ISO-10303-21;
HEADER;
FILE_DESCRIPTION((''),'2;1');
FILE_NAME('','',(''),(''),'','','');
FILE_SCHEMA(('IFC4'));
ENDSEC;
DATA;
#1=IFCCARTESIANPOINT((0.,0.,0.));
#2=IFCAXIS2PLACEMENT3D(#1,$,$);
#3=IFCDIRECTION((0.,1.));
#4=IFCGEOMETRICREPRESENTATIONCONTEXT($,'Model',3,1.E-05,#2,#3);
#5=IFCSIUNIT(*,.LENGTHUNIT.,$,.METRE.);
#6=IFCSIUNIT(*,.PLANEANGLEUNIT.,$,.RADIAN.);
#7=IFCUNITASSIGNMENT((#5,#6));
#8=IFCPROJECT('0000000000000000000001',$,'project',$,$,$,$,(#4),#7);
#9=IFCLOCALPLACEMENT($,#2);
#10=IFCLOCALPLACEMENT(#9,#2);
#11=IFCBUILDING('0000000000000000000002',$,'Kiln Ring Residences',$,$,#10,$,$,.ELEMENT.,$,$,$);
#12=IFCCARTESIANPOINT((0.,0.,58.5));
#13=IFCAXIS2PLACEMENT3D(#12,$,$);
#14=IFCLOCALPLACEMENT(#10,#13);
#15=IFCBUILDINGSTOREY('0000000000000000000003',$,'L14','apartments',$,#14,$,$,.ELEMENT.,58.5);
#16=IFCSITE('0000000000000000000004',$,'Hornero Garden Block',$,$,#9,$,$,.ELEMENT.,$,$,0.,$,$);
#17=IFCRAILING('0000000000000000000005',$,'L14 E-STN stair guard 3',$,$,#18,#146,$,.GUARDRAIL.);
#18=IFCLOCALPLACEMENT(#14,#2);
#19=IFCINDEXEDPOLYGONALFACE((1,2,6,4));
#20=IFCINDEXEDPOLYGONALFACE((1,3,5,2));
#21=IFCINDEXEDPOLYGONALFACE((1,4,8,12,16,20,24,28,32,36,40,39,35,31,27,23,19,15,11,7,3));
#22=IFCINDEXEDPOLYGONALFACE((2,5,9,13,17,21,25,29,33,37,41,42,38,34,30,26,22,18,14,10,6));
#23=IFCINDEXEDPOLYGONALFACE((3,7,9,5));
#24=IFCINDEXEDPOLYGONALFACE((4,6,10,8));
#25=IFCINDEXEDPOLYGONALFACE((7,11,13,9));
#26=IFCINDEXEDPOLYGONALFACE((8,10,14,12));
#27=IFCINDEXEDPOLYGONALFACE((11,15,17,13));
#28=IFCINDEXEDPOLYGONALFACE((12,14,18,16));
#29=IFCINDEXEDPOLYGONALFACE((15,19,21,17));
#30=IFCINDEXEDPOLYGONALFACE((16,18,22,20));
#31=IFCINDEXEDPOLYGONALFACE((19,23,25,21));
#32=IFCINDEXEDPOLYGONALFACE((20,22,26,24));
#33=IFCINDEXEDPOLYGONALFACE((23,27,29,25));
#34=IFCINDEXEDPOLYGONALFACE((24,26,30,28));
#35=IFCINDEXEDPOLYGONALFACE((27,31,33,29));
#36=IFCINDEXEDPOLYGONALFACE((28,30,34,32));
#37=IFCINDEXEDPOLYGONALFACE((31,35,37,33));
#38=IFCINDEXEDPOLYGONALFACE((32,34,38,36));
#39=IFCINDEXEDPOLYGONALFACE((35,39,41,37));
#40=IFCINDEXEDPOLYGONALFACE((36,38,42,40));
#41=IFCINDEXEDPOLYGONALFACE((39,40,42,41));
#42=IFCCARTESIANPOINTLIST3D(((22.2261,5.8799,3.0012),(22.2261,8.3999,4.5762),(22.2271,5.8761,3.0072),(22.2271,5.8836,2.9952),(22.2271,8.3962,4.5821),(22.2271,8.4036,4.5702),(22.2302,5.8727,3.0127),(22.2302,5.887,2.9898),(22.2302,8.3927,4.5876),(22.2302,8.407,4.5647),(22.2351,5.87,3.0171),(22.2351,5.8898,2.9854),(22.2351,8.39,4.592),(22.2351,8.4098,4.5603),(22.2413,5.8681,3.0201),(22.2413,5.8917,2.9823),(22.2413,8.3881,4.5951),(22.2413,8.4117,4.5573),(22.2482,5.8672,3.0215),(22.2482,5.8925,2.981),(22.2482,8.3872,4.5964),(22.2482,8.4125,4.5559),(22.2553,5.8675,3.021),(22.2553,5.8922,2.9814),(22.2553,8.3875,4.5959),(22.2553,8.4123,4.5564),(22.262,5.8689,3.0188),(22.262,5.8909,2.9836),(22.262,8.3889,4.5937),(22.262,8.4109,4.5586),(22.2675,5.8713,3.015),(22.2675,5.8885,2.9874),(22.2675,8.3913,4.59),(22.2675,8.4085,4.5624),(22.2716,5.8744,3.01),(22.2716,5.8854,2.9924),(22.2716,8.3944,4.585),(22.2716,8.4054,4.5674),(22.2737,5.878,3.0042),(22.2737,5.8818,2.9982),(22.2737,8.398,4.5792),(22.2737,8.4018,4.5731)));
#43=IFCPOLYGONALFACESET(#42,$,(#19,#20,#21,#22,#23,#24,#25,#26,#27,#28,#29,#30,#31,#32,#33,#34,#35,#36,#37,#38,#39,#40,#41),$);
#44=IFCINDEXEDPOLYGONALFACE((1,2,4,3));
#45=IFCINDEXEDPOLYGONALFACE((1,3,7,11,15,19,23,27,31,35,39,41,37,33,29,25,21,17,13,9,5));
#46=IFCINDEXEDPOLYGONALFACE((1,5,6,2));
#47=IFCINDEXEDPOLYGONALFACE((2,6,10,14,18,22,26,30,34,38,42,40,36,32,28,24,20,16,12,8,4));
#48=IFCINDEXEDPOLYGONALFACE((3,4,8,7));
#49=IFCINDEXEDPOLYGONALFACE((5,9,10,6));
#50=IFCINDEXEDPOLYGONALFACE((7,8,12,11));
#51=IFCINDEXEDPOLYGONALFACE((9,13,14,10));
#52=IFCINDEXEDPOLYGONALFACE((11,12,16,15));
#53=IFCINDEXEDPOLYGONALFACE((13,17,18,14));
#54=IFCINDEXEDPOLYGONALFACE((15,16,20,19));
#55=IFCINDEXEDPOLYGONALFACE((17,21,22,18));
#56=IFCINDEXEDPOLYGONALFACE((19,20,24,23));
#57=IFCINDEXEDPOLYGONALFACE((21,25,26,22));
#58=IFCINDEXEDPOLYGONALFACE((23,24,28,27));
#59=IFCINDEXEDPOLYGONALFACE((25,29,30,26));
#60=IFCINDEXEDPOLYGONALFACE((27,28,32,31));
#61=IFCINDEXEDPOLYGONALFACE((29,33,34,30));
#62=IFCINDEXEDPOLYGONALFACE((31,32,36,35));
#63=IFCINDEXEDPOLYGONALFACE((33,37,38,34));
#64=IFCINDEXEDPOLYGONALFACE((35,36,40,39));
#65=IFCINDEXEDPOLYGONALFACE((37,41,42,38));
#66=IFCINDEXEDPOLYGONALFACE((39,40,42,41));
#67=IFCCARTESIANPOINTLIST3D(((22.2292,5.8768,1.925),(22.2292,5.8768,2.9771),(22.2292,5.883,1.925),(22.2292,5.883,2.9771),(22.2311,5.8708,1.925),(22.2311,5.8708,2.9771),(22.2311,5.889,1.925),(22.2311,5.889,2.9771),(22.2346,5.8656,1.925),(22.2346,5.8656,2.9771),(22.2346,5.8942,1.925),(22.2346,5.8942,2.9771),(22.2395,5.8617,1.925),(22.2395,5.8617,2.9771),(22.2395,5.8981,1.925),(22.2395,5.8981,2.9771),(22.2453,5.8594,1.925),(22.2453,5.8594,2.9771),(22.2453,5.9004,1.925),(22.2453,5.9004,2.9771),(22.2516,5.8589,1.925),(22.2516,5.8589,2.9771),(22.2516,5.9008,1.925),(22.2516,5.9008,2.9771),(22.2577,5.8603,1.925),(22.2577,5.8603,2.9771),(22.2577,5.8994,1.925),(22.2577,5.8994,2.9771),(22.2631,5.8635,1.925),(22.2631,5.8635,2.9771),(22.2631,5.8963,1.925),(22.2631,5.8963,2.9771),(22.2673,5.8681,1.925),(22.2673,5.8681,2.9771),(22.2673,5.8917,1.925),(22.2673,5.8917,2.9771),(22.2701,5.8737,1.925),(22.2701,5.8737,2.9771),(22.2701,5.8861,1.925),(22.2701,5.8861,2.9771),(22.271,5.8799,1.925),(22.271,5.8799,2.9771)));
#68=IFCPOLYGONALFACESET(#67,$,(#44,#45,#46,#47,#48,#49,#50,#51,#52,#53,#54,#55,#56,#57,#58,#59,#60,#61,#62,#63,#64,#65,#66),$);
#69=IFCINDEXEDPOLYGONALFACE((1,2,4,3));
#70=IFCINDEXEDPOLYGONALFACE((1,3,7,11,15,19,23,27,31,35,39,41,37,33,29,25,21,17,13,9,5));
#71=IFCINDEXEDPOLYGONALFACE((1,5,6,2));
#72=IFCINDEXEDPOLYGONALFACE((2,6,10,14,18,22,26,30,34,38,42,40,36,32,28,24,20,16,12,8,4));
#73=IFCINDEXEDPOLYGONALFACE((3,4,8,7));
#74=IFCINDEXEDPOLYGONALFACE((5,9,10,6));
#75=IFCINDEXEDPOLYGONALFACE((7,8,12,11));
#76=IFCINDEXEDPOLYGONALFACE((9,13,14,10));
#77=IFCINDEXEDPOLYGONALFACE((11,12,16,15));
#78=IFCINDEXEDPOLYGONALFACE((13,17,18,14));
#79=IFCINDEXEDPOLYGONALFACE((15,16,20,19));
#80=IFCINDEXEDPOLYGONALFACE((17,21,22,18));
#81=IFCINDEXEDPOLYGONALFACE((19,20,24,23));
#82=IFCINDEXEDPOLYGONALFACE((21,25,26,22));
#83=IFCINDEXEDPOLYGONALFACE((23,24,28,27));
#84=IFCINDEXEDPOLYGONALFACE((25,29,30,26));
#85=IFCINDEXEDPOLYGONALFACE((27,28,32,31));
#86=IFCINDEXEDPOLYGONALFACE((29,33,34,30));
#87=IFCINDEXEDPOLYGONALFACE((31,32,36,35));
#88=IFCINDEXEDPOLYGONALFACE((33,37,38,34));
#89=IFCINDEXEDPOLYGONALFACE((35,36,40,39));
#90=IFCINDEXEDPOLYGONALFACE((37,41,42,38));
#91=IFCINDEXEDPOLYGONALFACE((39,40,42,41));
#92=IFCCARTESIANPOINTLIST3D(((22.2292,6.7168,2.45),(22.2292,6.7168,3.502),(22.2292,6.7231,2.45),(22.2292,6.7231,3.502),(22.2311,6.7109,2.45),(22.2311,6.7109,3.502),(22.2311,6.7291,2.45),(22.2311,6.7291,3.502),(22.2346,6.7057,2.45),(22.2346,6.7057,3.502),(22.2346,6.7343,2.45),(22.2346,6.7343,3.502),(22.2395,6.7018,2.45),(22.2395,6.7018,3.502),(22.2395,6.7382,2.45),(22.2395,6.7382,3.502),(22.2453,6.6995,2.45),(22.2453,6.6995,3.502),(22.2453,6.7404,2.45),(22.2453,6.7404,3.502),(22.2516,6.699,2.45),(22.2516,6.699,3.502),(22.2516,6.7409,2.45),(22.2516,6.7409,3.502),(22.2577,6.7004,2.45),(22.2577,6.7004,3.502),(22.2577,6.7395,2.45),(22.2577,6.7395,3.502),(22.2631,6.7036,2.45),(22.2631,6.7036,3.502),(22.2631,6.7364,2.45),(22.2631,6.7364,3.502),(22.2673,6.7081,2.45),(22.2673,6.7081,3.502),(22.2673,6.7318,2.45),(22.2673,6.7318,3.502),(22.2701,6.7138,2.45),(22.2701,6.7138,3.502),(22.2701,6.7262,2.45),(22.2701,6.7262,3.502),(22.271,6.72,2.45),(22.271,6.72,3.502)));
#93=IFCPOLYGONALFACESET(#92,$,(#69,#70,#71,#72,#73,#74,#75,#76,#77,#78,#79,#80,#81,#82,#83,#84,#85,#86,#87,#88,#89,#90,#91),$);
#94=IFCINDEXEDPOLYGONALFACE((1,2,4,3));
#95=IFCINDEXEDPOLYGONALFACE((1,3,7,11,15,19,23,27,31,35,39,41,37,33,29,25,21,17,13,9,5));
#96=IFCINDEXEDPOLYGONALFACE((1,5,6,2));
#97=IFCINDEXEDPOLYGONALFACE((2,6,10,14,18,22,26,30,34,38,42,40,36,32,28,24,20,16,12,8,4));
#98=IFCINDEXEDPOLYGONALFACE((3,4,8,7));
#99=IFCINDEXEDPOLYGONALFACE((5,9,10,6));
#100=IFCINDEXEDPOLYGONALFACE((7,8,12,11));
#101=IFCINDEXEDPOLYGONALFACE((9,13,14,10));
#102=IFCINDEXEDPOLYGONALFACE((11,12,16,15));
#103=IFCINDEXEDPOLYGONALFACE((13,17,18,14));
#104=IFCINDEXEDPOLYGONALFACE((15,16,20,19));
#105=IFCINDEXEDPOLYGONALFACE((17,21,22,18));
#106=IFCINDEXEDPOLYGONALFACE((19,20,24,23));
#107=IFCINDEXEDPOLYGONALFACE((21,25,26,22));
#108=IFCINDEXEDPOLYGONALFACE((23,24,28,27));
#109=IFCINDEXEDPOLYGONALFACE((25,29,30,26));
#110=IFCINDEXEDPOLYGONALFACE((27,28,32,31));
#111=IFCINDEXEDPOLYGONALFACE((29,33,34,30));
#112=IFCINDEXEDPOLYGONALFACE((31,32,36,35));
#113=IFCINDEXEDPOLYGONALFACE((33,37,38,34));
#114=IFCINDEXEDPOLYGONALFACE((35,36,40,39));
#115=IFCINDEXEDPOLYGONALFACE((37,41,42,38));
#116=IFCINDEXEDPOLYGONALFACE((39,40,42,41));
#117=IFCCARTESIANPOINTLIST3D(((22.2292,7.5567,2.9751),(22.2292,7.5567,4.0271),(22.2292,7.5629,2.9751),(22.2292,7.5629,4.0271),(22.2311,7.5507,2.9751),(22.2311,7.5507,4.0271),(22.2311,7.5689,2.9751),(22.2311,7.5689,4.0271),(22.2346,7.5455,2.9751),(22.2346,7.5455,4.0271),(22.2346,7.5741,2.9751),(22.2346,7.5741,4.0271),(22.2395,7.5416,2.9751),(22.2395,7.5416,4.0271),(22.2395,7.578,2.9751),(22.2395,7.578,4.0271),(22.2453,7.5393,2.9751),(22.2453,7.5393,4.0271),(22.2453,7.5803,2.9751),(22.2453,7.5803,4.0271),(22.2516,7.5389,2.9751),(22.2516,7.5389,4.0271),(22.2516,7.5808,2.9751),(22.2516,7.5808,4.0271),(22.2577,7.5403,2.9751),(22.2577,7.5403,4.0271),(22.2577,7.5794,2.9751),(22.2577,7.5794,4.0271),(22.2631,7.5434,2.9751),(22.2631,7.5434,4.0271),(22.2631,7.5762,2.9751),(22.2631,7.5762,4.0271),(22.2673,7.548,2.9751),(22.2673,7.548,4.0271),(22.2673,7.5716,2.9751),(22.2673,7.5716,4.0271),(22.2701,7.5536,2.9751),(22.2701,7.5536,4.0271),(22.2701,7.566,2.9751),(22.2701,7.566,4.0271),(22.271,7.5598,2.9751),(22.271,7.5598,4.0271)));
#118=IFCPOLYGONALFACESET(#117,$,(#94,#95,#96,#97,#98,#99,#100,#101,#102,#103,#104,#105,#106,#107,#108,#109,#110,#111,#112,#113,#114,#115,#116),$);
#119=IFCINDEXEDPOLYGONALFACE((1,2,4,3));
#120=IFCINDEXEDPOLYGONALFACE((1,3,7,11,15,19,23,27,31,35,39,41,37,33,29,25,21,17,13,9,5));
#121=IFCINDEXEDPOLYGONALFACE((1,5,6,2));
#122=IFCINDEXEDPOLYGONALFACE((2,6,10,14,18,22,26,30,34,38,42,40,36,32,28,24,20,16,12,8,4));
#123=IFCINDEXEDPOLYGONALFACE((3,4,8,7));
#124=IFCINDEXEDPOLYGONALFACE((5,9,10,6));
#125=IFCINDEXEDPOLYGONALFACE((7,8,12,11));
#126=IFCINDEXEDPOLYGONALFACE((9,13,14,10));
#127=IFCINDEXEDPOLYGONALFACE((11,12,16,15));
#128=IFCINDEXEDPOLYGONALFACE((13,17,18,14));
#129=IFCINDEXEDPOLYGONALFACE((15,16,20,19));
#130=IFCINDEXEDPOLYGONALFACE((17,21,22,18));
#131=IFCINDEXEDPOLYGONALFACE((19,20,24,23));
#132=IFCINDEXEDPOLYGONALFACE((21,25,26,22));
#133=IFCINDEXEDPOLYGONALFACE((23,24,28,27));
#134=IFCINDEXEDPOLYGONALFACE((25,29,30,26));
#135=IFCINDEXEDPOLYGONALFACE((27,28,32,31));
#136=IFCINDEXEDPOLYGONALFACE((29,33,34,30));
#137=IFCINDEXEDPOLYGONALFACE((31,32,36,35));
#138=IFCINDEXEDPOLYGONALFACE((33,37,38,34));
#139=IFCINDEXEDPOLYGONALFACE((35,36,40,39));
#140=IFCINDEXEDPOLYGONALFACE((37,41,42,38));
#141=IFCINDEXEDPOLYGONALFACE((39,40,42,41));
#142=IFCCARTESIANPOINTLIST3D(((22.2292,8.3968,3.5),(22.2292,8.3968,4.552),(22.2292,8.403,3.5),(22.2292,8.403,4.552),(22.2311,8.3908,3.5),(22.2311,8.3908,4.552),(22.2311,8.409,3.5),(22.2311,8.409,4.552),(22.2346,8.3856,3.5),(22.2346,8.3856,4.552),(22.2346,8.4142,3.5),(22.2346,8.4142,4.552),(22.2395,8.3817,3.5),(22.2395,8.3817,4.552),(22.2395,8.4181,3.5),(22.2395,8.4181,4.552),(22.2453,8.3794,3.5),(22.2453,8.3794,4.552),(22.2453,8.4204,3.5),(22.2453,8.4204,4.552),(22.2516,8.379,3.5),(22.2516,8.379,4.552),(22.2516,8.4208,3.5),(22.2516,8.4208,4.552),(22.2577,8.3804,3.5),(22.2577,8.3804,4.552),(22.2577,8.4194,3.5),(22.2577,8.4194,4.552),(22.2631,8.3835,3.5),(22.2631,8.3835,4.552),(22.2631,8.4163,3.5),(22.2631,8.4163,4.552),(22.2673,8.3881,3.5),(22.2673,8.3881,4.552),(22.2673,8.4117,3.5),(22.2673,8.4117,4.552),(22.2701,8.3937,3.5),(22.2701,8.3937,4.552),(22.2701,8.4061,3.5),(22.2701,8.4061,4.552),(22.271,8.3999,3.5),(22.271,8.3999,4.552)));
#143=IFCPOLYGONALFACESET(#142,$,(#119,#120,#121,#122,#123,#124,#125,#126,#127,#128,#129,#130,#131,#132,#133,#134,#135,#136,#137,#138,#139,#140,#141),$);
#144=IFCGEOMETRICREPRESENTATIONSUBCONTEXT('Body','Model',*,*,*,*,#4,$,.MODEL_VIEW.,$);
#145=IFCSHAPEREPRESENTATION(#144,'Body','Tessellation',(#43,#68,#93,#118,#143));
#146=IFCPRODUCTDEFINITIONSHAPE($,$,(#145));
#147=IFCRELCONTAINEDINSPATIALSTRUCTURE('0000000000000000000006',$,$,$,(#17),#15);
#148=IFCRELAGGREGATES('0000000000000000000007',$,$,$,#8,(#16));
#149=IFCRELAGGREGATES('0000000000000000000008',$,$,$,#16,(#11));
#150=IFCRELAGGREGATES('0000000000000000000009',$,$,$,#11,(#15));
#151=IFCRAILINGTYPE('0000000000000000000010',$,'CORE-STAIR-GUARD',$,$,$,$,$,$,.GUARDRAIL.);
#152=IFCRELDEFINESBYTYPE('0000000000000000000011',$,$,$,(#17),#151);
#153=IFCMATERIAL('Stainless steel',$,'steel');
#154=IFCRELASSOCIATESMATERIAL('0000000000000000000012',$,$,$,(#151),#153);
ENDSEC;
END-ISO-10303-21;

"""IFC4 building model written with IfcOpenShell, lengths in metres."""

from ifc_helpers import new_model, si_unit, direction, frame, origin, origin_2d, place, context, subcontext, project, spatial, circle, extrude, material, type_object, element, save


model = new_model("IFC4")

# Units and contexts
model_context = context("Model", 3, precision=1e-05, world=origin(), true_north=direction((0.0, 1.0)))
body_context = subcontext(model_context, "Body", "Model", "MODEL_VIEW")
ifc_project = project(units=[si_unit("LENGTHUNIT", "METRE"), si_unit("PLANEANGLEUNIT", "RADIAN")], contexts=[model_context])

# Site, building, storey
site_placement = place(None, origin())
site = spatial("IfcSite", under=ifc_project, at=site_placement, Name="Hornero Garden Block", CompositionType="ELEMENT", RefElevation=0.0)
building_placement = place(site_placement, origin())
building = spatial("IfcBuilding", under=site, at=building_placement, Name="Kiln Ring Residences", CompositionType="ELEMENT")
storey_placement = place(building_placement, frame((0.0, 0.0, 58.5)))
storey = spatial("IfcBuildingStorey", under=building, at=storey_placement, Name="L14", Description="apartments", CompositionType="ELEMENT", Elevation=58.5)

# Railing
ifc_material_1 = material(Name="Stainless steel", Category="steel")
railing_type_1 = type_object("IfcRailingType", Name="CORE-STAIR-GUARD", PredefinedType="GUARDRAIL", material=ifc_material_1)
railing_1_placement = place(storey_placement, frame((22.25, 5.8799, 1.925)))
element("IfcRailing", 1, at=railing_1_placement, inside=storey, type_object=railing_type_1, Name="L14 E-STN stair guard 3", PredefinedType="GUARDRAIL", context=body_context, shape_type="SweptSolid", body=[
    extrude(circle(Radius=0.0239, at=origin_2d()), frame((0.0, 0.0, 1.0762), z_axis=(0.0, 0.848008, 0.529984), x_axis=(-1.0, 0.0, 0.0)), (0.0, 0.0, 1.0), 2.9717),
    extrude(circle(Radius=0.021, at=origin_2d()), origin(), (0.0, 0.0, 1.0), 1.052),
    extrude(circle(Radius=0.021, at=origin_2d()), frame((0.0, 0.8401, 0.5249)), (0.0, 0.0, 1.0), 1.052),
    extrude(circle(Radius=0.021, at=origin_2d()), frame((0.0, 1.6799, 1.05)), (0.0, 0.0, 1.0), 1.052),
    extrude(circle(Radius=0.021, at=origin_2d()), frame((0.0, 2.52, 1.575)), (0.0, 0.0, 1.0), 1.052),
])

save(model, "model.ifc")
